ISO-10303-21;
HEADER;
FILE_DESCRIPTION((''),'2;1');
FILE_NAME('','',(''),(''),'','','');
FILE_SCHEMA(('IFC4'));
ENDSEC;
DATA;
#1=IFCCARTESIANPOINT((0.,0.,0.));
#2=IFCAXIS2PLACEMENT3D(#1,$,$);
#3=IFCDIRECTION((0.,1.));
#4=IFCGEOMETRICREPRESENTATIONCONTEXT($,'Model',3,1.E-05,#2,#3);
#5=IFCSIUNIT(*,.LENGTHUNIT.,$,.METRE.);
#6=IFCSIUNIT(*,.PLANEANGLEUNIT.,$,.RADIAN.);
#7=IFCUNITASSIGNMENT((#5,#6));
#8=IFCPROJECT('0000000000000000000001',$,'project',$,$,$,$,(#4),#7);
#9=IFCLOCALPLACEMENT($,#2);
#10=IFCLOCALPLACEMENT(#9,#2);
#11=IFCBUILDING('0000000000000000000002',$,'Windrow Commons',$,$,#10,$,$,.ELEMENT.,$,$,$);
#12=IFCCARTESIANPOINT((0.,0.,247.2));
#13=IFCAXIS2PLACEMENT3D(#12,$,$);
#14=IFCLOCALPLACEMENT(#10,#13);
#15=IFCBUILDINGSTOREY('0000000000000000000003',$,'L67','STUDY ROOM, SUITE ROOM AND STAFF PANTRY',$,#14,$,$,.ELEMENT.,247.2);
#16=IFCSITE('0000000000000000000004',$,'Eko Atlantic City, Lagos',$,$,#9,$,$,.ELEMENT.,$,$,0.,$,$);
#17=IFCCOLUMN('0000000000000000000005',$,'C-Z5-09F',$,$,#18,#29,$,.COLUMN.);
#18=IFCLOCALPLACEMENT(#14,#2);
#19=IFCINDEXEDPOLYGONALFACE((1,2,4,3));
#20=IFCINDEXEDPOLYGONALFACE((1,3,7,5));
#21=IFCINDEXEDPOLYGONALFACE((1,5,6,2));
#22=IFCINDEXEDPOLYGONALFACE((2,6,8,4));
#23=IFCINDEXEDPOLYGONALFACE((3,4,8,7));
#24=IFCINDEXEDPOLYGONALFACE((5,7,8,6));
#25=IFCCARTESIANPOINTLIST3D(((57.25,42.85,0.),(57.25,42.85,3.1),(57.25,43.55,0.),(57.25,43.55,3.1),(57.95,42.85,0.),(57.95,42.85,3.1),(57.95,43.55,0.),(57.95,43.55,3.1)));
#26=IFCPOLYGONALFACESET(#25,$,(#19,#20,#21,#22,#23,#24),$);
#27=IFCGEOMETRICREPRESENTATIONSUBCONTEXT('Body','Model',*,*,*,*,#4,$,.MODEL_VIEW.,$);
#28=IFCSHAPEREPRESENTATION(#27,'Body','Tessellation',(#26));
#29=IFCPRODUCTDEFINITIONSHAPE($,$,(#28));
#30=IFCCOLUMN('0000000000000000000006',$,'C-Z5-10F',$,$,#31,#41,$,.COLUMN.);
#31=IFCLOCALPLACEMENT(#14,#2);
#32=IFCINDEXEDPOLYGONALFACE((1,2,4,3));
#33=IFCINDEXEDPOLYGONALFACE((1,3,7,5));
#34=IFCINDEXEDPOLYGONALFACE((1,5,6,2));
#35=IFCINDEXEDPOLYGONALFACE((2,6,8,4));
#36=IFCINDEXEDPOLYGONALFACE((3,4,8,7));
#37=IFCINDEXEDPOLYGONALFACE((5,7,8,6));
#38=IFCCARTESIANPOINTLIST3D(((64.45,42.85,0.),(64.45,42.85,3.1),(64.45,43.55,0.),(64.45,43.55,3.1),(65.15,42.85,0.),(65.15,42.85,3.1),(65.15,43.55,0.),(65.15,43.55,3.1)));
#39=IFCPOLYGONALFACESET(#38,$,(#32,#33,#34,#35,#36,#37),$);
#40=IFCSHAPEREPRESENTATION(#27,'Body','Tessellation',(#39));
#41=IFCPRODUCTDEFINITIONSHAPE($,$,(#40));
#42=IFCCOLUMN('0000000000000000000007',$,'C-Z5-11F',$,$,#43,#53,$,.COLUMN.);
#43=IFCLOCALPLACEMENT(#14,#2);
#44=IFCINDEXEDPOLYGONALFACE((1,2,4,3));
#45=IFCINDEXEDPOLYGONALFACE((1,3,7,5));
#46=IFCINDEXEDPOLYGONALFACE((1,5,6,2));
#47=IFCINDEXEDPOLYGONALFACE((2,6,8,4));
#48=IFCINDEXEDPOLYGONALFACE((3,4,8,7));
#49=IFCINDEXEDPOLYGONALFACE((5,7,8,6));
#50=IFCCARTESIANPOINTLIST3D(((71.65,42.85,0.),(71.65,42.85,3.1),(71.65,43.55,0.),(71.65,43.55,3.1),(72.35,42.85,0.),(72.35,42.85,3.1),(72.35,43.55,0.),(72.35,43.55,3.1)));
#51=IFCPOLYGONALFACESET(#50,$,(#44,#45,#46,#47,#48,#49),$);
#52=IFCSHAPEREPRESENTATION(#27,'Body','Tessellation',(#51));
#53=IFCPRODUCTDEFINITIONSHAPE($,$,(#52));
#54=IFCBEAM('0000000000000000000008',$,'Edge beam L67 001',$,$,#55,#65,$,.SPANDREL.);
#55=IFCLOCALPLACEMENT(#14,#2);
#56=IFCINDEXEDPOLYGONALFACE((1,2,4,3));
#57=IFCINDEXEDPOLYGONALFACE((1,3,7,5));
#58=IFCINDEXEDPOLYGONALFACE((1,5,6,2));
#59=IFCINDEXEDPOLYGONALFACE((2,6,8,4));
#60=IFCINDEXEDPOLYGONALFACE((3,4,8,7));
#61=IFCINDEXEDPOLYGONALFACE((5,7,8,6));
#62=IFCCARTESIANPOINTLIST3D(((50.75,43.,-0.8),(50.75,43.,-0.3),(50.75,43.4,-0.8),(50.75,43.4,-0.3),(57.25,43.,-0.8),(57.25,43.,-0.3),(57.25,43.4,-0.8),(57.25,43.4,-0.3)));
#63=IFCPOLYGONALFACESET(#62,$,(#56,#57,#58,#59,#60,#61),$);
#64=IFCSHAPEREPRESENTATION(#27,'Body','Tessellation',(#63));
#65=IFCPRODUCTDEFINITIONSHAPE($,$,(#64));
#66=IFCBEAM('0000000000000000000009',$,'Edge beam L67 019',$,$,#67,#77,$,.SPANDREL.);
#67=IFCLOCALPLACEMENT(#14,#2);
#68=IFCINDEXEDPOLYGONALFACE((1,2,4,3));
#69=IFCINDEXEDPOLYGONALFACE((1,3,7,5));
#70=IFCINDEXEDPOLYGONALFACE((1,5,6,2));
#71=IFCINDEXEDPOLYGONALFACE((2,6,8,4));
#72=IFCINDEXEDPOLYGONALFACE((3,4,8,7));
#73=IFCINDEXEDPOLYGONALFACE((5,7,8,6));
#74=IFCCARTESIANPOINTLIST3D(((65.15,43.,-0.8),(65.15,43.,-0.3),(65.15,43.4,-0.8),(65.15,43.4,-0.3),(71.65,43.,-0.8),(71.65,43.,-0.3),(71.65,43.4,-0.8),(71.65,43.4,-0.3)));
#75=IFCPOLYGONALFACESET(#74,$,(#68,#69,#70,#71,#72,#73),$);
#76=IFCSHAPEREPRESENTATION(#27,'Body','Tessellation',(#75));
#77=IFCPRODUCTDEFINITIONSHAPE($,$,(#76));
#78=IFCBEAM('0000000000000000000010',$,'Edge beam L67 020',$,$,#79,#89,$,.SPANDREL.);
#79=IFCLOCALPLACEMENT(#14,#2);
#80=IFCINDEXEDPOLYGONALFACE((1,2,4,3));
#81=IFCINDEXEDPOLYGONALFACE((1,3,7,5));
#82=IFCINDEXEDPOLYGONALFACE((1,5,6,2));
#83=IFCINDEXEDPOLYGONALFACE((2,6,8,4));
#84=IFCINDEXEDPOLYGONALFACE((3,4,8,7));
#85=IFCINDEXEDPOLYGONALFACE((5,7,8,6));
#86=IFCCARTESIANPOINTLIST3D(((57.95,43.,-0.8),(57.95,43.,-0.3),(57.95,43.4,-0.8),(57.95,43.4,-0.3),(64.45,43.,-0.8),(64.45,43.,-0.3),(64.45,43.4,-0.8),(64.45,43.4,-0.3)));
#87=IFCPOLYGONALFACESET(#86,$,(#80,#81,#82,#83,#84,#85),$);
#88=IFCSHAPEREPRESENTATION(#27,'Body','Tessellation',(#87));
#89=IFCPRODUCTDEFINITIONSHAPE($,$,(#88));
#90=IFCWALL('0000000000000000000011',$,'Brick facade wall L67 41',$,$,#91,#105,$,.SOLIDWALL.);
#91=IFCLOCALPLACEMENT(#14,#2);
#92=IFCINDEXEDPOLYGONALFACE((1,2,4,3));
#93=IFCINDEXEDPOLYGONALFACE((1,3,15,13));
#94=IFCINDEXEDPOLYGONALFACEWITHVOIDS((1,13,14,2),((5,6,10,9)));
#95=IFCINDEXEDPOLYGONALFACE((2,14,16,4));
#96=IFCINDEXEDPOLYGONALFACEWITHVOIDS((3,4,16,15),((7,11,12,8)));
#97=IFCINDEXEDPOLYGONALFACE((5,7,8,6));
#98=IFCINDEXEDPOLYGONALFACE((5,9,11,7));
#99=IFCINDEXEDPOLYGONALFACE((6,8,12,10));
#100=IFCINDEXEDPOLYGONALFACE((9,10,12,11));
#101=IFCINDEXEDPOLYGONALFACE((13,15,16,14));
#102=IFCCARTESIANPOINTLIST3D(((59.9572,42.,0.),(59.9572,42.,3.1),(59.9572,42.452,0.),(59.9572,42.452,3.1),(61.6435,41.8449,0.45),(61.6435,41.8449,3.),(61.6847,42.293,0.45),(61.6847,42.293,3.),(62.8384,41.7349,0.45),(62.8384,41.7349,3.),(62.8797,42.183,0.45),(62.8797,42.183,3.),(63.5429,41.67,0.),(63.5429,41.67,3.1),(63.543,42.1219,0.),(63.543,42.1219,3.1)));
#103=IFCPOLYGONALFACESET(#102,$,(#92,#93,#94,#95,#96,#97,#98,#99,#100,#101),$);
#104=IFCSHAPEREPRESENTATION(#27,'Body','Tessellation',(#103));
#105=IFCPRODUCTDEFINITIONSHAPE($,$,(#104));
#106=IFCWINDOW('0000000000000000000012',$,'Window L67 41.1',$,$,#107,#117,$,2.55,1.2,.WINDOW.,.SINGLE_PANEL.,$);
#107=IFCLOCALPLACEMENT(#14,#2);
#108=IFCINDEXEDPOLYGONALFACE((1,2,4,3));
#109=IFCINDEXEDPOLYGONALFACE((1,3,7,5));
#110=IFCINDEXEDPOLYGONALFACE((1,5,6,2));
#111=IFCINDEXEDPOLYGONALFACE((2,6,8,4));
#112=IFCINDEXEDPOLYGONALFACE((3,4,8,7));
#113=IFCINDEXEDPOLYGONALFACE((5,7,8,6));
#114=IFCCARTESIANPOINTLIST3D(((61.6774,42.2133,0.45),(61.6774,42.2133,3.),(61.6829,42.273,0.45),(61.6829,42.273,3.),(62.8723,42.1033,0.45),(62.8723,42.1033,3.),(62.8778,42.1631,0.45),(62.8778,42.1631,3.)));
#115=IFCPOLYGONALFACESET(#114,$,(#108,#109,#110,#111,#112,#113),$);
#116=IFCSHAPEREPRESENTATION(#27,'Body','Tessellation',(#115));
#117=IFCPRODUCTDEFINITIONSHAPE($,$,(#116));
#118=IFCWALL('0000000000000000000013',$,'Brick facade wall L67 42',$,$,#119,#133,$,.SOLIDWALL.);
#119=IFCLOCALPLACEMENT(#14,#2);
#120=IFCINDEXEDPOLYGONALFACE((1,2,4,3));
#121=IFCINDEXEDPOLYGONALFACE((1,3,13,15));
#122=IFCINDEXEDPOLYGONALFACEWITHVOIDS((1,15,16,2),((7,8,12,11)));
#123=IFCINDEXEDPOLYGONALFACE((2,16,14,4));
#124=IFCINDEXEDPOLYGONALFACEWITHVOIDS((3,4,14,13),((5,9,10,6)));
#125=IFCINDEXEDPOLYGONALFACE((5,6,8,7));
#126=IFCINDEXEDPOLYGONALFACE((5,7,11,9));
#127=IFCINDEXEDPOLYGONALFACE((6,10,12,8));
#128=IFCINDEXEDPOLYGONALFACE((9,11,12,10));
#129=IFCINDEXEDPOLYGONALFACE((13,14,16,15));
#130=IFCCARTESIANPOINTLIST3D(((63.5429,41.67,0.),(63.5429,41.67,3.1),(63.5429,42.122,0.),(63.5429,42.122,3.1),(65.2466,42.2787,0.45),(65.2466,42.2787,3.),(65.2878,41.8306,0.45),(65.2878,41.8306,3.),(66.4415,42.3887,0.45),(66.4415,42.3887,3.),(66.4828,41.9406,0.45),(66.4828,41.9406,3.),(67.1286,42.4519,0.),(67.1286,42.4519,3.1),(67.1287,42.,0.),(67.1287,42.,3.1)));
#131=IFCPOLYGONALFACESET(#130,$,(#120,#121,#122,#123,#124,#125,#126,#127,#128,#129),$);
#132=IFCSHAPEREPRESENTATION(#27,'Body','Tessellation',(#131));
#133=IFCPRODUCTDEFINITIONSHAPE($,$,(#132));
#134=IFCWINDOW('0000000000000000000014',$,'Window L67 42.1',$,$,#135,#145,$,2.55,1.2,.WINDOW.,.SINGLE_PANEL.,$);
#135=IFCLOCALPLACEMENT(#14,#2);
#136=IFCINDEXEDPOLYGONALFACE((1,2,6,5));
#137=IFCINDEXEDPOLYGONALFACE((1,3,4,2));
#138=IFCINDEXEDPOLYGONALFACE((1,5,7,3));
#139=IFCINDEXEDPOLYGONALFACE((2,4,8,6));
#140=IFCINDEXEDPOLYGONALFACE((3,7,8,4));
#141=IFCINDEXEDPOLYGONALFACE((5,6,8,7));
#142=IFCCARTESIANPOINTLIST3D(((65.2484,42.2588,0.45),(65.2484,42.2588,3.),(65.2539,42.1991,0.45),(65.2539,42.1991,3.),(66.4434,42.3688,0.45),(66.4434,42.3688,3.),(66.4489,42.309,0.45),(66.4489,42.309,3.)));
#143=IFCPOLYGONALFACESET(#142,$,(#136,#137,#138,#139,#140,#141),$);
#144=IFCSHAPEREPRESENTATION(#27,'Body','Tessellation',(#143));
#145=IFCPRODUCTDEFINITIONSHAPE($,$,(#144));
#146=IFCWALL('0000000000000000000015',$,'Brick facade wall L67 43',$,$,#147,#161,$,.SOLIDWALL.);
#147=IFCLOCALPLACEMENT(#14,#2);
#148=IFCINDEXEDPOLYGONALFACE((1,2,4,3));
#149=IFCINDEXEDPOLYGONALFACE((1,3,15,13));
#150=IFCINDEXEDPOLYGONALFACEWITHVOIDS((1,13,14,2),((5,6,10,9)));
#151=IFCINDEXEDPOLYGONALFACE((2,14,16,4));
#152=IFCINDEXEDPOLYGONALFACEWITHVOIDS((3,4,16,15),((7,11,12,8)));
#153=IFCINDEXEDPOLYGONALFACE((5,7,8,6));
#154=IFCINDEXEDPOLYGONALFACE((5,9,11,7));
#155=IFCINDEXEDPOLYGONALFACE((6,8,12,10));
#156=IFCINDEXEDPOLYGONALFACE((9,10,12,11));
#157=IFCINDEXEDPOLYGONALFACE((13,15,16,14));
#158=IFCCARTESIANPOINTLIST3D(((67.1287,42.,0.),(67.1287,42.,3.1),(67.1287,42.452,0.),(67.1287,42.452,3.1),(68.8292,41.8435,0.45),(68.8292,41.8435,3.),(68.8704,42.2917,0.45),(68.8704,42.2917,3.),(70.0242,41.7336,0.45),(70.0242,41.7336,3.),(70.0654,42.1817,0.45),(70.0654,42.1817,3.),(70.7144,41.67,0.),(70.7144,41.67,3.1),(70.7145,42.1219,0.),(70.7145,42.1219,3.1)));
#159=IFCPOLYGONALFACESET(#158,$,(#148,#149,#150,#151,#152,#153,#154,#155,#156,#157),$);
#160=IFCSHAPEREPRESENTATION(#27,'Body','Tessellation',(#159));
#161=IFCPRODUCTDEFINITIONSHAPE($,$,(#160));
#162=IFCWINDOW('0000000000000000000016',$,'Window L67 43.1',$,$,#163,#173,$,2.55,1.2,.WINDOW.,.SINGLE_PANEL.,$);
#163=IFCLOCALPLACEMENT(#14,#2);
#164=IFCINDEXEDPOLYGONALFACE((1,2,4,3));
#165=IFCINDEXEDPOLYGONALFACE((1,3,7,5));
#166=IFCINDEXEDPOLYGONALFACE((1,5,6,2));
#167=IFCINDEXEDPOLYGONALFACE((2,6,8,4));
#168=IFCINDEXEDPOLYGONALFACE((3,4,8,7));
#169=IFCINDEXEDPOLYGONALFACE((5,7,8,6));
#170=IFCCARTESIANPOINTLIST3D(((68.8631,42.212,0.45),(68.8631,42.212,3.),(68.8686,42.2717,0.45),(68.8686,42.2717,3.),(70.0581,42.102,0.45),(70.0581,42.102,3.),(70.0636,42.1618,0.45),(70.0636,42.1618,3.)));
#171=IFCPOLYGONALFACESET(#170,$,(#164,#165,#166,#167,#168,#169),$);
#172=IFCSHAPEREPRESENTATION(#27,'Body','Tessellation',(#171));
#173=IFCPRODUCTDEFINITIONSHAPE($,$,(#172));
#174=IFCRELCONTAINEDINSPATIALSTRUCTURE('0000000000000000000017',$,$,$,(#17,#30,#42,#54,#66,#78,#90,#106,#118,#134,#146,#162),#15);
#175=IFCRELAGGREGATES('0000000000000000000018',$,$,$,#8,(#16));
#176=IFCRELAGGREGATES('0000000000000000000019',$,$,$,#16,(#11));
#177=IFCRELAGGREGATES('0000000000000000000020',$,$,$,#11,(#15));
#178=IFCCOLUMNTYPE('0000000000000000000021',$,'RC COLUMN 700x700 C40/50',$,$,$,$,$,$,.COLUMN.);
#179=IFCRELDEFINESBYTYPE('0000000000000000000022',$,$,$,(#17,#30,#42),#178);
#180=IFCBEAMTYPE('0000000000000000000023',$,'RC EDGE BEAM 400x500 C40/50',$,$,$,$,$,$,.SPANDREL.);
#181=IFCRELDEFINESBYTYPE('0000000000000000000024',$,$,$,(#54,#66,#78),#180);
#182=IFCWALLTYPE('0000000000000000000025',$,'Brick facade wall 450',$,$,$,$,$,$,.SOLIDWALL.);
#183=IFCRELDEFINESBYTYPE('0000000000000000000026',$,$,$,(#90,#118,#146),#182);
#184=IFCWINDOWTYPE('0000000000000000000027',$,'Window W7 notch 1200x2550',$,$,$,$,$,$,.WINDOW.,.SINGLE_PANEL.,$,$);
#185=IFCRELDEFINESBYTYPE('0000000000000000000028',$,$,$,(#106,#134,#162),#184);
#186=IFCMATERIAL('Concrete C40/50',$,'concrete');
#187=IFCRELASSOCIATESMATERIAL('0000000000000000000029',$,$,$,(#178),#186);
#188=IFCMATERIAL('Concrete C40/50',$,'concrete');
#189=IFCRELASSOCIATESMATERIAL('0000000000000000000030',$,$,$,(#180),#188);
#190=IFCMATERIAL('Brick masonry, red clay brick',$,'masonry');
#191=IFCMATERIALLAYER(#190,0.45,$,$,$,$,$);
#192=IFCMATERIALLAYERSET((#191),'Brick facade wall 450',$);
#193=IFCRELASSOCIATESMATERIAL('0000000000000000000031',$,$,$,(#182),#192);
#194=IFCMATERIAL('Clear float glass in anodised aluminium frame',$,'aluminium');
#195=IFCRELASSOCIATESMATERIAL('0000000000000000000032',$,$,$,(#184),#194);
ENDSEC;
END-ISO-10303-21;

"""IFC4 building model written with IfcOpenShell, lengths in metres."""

from ifc_helpers import new_model, si_unit, direction, frame, frame_2d, origin, origin_2d, place, context, subcontext, project, spatial, polyline, rectangle, outline, extrude, material, layer, layer_set, material_profile, profile_set, type_object, element, fill, save


model = new_model("IFC4")

# Units and contexts
model_context = context("Model", 3, precision=1e-05, world=origin(), true_north=direction((0.0, 1.0)))
body_context = subcontext(model_context, "Body", "Model", "MODEL_VIEW")
ifc_project = project(units=[si_unit("LENGTHUNIT", "METRE"), si_unit("PLANEANGLEUNIT", "RADIAN")], contexts=[model_context])

# Site, building, storey
site_placement = place(None, origin())
site = spatial("IfcSite", under=ifc_project, at=site_placement, Name="Eko Atlantic City, Lagos", CompositionType="ELEMENT", RefElevation=0.0)
building_placement = place(site_placement, origin())
building = spatial("IfcBuilding", under=site, at=building_placement, Name="Windrow Commons", CompositionType="ELEMENT")
storey_placement = place(building_placement, frame((0.0, 0.0, 247.2)))
storey = spatial("IfcBuildingStorey", under=building, at=storey_placement, Name="L67", Description="STUDY ROOM, SUITE ROOM AND STAFF PANTRY", CompositionType="ELEMENT", Elevation=247.2)

# Columns
ifc_material_1 = material(Name="Concrete C40/50", Category="concrete")
ifc_material_profile_1 = material_profile(ifc_material_1, rectangle(XDim=0.7, YDim=0.7, at=origin_2d()))
ifc_profile_set_1 = profile_set([ifc_material_profile_1], Name="Concrete C40/50")
column_type = type_object("IfcColumnType", Name="RC COLUMN 700x700 C40/50", PredefinedType="COLUMN", material=ifc_profile_set_1)
for number, where, z_axis, x_axis, name in (
    (1, (57.6, 43.2, 0.0), (0.0, 0.0, 1.0), (1.0, 0.0, 0.0), "C-Z5-09F"),
    (2, (64.8, 43.2, 0.0), (0.0, 0.0, 1.0), (1.0, 0.0, 0.0), "C-Z5-10F"),
    (3, (72.0, 43.2, 0.0), (0.0, 0.0, 1.0), (1.0, 0.0, 0.0), "C-Z5-11F"),
):
    element("IfcColumn", number, at=place(storey_placement, frame(where, z_axis=z_axis, x_axis=x_axis)), inside=storey, type_object=column_type, Name=name, PredefinedType="COLUMN", context=body_context, shape_type="SweptSolid", body=[
        extrude(rectangle(XDim=0.7, YDim=0.7, at=origin_2d()), origin(), (0.0, 0.0, 1.0), 3.1),
    ])

# Beams
ifc_material_2 = material(Name="Concrete C40/50", Category="concrete")
ifc_material_profile_2 = material_profile(ifc_material_2, rectangle(XDim=0.4, YDim=0.5, at=origin_2d()))
ifc_profile_set_2 = profile_set([ifc_material_profile_2], Name="Concrete C40/50")
beam_type = type_object("IfcBeamType", Name="RC EDGE BEAM 400x500 C40/50", PredefinedType="SPANDREL", material=ifc_profile_set_2)
for number, where, z_axis, x_axis, name in (
    (4, (57.25, 43.2, -0.55), (-1.0, 0.0, 0.0), (0.0, -1.0, 0.0), "Edge beam L67 001"),
    (5, (71.65, 43.2, -0.55), (-1.0, 0.0, 0.0), (0.0, -1.0, 0.0), "Edge beam L67 019"),
    (6, (64.45, 43.2, -0.55), (-1.0, 0.0, 0.0), (0.0, -1.0, 0.0), "Edge beam L67 020"),
):
    element("IfcBeam", number, at=place(storey_placement, frame(where, z_axis=z_axis, x_axis=x_axis)), inside=storey, type_object=beam_type, Name=name, PredefinedType="SPANDREL", context=body_context, shape_type="SweptSolid", body=[
        extrude(rectangle(XDim=0.4, YDim=0.5, at=origin_2d()), origin(), (0.0, 0.0, 1.0), 6.5),
    ])

# Walls, openings, windows
ifc_material_3 = material(Name="Brick masonry, red clay brick", Category="masonry")
ifc_layer_1 = layer(ifc_material_3, 0.45)
ifc_layer_set_1 = layer_set([ifc_layer_1], Name="Brick facade wall 450")
wall_type_1 = type_object("IfcWallType", Name="Brick facade wall 450", PredefinedType="SOLIDWALL", material=ifc_layer_set_1)
wall_1_placement = place(storey_placement, frame((59.9572, 42.226, 0.0), z_axis=(0.0, 0.0, 1.0), x_axis=(0.995792, -0.091645, 0.0)))
wall_1 = element("IfcWall", 7, at=wall_1_placement, inside=storey, type_object=wall_type_1, Name="Brick facade wall L67 41", PredefinedType="SOLIDWALL", context=body_context, shape_type="SweptSolid", body=[
    extrude(outline(polyline([(0.0207, -0.225), (3.6216, -0.225), (3.5802, 0.225), (-0.0207, 0.225), (0.0207, -0.225)])), origin(), (0.0, 0.0, 1.0), 3.1),
])
opening_1_placement = place(wall_1_placement, frame((1.7141, 0.0, 0.45)))
opening_1 = element("IfcOpeningElement", 8, at=opening_1_placement, cuts=wall_1, PredefinedType="OPENING", context=body_context, shape_type="SweptSolid", body=[
    extrude(rectangle(XDim=1.2, YDim=2.55, at=frame_2d((0.6, 1.275))), frame((0.0, 0.235, 0.0), z_axis=(0.0, -1.0, 0.0), x_axis=(1.0, 0.0, 0.0)), (0.0, 0.0, 1.0), 0.47),
])
ifc_material_4 = material(Name="Clear float glass in anodised aluminium frame", Category="aluminium")
window_type = type_object("IfcWindowType", Name="Window W7 notch 1200x2550", PartitioningType="SINGLE_PANEL", PredefinedType="WINDOW", material=ifc_material_4)
window_1_placement = place(opening_1_placement, origin())
window_1 = element("IfcWindow", 9, at=window_1_placement, inside=storey, type_object=window_type, Name="Window L67 41.1", OverallHeight=2.55, OverallWidth=1.2, PartitioningType="SINGLE_PANEL", PredefinedType="WINDOW", context=body_context, shape_type="SweptSolid", body=[
    extrude(rectangle(XDim=1.2, YDim=2.55, at=frame_2d((0.6, 1.275))), frame((0.0, 0.205, 0.0), z_axis=(0.0, -1.0, 0.0), x_axis=(1.0, 0.0, 0.0)), (0.0, 0.0, 1.0), 0.06),
])
fill(opening_1, window_1)
wall_2_placement = place(storey_placement, frame((63.5429, 41.896, 0.0), z_axis=(0.0, 0.0, 1.0), x_axis=(0.995792, 0.091642, 0.0)))
wall_2 = element("IfcWall", 10, at=wall_2_placement, inside=storey, type_object=wall_type_1, Name="Brick facade wall L67 42", PredefinedType="SOLIDWALL", context=body_context, shape_type="SweptSolid", body=[
    extrude(outline(polyline([(-0.0207, -0.225), (3.5802, -0.225), (3.6216, 0.225), (0.0207, 0.225), (-0.0207, -0.225)])), origin(), (0.0, 0.0, 1.0), 3.1),
])
opening_2_placement = place(wall_2_placement, frame((1.7316, 0.0, 0.45)))
opening_2 = element("IfcOpeningElement", 11, at=opening_2_placement, cuts=wall_2, PredefinedType="OPENING", context=body_context, shape_type="SweptSolid", body=[
    extrude(rectangle(XDim=1.2, YDim=2.55, at=frame_2d((0.6, 1.275))), frame((0.0, 0.235, 0.0), z_axis=(0.0, -1.0, 0.0), x_axis=(1.0, 0.0, 0.0)), (0.0, 0.0, 1.0), 0.47),
])
window_2_placement = place(opening_2_placement, origin())
window_2 = element("IfcWindow", 12, at=window_2_placement, inside=storey, type_object=window_type, Name="Window L67 42.1", OverallHeight=2.55, OverallWidth=1.2, PartitioningType="SINGLE_PANEL", PredefinedType="WINDOW", context=body_context, shape_type="SweptSolid", body=[
    extrude(rectangle(XDim=1.2, YDim=2.55, at=frame_2d((0.6, 1.275))), frame((0.0, 0.205, 0.0), z_axis=(0.0, -1.0, 0.0), x_axis=(1.0, 0.0, 0.0)), (0.0, 0.0, 1.0), 0.06),
])
fill(opening_2, window_2)
wall_3_placement = place(storey_placement, frame((67.1287, 42.226, 0.0), z_axis=(0.0, 0.0, 1.0), x_axis=(0.995792, -0.091645, 0.0)))
wall_3 = element("IfcWall", 13, at=wall_3_placement, inside=storey, type_object=wall_type_1, Name="Brick facade wall L67 43", PredefinedType="SOLIDWALL", context=body_context, shape_type="SweptSolid", body=[
    extrude(outline(polyline([(0.0207, -0.225), (3.6216, -0.225), (3.5802, 0.225), (-0.0207, 0.225), (0.0207, -0.225)])), origin(), (0.0, 0.0, 1.0), 3.1),
])
opening_3_placement = place(wall_3_placement, frame((1.7284, 0.0, 0.45)))
opening_3 = element("IfcOpeningElement", 14, at=opening_3_placement, cuts=wall_3, PredefinedType="OPENING", context=body_context, shape_type="SweptSolid", body=[
    extrude(rectangle(XDim=1.2, YDim=2.55, at=frame_2d((0.6, 1.275))), frame((0.0, 0.235, 0.0), z_axis=(0.0, -1.0, 0.0), x_axis=(1.0, 0.0, 0.0)), (0.0, 0.0, 1.0), 0.47),
])
window_3_placement = place(opening_3_placement, origin())
window_3 = element("IfcWindow", 15, at=window_3_placement, inside=storey, type_object=window_type, Name="Window L67 43.1", OverallHeight=2.55, OverallWidth=1.2, PartitioningType="SINGLE_PANEL", PredefinedType="WINDOW", context=body_context, shape_type="SweptSolid", body=[
    extrude(rectangle(XDim=1.2, YDim=2.55, at=frame_2d((0.6, 1.275))), frame((0.0, 0.205, 0.0), z_axis=(0.0, -1.0, 0.0), x_axis=(1.0, 0.0, 0.0)), (0.0, 0.0, 1.0), 0.06),
])
fill(opening_3, window_3)

save(model, "model.ifc")
